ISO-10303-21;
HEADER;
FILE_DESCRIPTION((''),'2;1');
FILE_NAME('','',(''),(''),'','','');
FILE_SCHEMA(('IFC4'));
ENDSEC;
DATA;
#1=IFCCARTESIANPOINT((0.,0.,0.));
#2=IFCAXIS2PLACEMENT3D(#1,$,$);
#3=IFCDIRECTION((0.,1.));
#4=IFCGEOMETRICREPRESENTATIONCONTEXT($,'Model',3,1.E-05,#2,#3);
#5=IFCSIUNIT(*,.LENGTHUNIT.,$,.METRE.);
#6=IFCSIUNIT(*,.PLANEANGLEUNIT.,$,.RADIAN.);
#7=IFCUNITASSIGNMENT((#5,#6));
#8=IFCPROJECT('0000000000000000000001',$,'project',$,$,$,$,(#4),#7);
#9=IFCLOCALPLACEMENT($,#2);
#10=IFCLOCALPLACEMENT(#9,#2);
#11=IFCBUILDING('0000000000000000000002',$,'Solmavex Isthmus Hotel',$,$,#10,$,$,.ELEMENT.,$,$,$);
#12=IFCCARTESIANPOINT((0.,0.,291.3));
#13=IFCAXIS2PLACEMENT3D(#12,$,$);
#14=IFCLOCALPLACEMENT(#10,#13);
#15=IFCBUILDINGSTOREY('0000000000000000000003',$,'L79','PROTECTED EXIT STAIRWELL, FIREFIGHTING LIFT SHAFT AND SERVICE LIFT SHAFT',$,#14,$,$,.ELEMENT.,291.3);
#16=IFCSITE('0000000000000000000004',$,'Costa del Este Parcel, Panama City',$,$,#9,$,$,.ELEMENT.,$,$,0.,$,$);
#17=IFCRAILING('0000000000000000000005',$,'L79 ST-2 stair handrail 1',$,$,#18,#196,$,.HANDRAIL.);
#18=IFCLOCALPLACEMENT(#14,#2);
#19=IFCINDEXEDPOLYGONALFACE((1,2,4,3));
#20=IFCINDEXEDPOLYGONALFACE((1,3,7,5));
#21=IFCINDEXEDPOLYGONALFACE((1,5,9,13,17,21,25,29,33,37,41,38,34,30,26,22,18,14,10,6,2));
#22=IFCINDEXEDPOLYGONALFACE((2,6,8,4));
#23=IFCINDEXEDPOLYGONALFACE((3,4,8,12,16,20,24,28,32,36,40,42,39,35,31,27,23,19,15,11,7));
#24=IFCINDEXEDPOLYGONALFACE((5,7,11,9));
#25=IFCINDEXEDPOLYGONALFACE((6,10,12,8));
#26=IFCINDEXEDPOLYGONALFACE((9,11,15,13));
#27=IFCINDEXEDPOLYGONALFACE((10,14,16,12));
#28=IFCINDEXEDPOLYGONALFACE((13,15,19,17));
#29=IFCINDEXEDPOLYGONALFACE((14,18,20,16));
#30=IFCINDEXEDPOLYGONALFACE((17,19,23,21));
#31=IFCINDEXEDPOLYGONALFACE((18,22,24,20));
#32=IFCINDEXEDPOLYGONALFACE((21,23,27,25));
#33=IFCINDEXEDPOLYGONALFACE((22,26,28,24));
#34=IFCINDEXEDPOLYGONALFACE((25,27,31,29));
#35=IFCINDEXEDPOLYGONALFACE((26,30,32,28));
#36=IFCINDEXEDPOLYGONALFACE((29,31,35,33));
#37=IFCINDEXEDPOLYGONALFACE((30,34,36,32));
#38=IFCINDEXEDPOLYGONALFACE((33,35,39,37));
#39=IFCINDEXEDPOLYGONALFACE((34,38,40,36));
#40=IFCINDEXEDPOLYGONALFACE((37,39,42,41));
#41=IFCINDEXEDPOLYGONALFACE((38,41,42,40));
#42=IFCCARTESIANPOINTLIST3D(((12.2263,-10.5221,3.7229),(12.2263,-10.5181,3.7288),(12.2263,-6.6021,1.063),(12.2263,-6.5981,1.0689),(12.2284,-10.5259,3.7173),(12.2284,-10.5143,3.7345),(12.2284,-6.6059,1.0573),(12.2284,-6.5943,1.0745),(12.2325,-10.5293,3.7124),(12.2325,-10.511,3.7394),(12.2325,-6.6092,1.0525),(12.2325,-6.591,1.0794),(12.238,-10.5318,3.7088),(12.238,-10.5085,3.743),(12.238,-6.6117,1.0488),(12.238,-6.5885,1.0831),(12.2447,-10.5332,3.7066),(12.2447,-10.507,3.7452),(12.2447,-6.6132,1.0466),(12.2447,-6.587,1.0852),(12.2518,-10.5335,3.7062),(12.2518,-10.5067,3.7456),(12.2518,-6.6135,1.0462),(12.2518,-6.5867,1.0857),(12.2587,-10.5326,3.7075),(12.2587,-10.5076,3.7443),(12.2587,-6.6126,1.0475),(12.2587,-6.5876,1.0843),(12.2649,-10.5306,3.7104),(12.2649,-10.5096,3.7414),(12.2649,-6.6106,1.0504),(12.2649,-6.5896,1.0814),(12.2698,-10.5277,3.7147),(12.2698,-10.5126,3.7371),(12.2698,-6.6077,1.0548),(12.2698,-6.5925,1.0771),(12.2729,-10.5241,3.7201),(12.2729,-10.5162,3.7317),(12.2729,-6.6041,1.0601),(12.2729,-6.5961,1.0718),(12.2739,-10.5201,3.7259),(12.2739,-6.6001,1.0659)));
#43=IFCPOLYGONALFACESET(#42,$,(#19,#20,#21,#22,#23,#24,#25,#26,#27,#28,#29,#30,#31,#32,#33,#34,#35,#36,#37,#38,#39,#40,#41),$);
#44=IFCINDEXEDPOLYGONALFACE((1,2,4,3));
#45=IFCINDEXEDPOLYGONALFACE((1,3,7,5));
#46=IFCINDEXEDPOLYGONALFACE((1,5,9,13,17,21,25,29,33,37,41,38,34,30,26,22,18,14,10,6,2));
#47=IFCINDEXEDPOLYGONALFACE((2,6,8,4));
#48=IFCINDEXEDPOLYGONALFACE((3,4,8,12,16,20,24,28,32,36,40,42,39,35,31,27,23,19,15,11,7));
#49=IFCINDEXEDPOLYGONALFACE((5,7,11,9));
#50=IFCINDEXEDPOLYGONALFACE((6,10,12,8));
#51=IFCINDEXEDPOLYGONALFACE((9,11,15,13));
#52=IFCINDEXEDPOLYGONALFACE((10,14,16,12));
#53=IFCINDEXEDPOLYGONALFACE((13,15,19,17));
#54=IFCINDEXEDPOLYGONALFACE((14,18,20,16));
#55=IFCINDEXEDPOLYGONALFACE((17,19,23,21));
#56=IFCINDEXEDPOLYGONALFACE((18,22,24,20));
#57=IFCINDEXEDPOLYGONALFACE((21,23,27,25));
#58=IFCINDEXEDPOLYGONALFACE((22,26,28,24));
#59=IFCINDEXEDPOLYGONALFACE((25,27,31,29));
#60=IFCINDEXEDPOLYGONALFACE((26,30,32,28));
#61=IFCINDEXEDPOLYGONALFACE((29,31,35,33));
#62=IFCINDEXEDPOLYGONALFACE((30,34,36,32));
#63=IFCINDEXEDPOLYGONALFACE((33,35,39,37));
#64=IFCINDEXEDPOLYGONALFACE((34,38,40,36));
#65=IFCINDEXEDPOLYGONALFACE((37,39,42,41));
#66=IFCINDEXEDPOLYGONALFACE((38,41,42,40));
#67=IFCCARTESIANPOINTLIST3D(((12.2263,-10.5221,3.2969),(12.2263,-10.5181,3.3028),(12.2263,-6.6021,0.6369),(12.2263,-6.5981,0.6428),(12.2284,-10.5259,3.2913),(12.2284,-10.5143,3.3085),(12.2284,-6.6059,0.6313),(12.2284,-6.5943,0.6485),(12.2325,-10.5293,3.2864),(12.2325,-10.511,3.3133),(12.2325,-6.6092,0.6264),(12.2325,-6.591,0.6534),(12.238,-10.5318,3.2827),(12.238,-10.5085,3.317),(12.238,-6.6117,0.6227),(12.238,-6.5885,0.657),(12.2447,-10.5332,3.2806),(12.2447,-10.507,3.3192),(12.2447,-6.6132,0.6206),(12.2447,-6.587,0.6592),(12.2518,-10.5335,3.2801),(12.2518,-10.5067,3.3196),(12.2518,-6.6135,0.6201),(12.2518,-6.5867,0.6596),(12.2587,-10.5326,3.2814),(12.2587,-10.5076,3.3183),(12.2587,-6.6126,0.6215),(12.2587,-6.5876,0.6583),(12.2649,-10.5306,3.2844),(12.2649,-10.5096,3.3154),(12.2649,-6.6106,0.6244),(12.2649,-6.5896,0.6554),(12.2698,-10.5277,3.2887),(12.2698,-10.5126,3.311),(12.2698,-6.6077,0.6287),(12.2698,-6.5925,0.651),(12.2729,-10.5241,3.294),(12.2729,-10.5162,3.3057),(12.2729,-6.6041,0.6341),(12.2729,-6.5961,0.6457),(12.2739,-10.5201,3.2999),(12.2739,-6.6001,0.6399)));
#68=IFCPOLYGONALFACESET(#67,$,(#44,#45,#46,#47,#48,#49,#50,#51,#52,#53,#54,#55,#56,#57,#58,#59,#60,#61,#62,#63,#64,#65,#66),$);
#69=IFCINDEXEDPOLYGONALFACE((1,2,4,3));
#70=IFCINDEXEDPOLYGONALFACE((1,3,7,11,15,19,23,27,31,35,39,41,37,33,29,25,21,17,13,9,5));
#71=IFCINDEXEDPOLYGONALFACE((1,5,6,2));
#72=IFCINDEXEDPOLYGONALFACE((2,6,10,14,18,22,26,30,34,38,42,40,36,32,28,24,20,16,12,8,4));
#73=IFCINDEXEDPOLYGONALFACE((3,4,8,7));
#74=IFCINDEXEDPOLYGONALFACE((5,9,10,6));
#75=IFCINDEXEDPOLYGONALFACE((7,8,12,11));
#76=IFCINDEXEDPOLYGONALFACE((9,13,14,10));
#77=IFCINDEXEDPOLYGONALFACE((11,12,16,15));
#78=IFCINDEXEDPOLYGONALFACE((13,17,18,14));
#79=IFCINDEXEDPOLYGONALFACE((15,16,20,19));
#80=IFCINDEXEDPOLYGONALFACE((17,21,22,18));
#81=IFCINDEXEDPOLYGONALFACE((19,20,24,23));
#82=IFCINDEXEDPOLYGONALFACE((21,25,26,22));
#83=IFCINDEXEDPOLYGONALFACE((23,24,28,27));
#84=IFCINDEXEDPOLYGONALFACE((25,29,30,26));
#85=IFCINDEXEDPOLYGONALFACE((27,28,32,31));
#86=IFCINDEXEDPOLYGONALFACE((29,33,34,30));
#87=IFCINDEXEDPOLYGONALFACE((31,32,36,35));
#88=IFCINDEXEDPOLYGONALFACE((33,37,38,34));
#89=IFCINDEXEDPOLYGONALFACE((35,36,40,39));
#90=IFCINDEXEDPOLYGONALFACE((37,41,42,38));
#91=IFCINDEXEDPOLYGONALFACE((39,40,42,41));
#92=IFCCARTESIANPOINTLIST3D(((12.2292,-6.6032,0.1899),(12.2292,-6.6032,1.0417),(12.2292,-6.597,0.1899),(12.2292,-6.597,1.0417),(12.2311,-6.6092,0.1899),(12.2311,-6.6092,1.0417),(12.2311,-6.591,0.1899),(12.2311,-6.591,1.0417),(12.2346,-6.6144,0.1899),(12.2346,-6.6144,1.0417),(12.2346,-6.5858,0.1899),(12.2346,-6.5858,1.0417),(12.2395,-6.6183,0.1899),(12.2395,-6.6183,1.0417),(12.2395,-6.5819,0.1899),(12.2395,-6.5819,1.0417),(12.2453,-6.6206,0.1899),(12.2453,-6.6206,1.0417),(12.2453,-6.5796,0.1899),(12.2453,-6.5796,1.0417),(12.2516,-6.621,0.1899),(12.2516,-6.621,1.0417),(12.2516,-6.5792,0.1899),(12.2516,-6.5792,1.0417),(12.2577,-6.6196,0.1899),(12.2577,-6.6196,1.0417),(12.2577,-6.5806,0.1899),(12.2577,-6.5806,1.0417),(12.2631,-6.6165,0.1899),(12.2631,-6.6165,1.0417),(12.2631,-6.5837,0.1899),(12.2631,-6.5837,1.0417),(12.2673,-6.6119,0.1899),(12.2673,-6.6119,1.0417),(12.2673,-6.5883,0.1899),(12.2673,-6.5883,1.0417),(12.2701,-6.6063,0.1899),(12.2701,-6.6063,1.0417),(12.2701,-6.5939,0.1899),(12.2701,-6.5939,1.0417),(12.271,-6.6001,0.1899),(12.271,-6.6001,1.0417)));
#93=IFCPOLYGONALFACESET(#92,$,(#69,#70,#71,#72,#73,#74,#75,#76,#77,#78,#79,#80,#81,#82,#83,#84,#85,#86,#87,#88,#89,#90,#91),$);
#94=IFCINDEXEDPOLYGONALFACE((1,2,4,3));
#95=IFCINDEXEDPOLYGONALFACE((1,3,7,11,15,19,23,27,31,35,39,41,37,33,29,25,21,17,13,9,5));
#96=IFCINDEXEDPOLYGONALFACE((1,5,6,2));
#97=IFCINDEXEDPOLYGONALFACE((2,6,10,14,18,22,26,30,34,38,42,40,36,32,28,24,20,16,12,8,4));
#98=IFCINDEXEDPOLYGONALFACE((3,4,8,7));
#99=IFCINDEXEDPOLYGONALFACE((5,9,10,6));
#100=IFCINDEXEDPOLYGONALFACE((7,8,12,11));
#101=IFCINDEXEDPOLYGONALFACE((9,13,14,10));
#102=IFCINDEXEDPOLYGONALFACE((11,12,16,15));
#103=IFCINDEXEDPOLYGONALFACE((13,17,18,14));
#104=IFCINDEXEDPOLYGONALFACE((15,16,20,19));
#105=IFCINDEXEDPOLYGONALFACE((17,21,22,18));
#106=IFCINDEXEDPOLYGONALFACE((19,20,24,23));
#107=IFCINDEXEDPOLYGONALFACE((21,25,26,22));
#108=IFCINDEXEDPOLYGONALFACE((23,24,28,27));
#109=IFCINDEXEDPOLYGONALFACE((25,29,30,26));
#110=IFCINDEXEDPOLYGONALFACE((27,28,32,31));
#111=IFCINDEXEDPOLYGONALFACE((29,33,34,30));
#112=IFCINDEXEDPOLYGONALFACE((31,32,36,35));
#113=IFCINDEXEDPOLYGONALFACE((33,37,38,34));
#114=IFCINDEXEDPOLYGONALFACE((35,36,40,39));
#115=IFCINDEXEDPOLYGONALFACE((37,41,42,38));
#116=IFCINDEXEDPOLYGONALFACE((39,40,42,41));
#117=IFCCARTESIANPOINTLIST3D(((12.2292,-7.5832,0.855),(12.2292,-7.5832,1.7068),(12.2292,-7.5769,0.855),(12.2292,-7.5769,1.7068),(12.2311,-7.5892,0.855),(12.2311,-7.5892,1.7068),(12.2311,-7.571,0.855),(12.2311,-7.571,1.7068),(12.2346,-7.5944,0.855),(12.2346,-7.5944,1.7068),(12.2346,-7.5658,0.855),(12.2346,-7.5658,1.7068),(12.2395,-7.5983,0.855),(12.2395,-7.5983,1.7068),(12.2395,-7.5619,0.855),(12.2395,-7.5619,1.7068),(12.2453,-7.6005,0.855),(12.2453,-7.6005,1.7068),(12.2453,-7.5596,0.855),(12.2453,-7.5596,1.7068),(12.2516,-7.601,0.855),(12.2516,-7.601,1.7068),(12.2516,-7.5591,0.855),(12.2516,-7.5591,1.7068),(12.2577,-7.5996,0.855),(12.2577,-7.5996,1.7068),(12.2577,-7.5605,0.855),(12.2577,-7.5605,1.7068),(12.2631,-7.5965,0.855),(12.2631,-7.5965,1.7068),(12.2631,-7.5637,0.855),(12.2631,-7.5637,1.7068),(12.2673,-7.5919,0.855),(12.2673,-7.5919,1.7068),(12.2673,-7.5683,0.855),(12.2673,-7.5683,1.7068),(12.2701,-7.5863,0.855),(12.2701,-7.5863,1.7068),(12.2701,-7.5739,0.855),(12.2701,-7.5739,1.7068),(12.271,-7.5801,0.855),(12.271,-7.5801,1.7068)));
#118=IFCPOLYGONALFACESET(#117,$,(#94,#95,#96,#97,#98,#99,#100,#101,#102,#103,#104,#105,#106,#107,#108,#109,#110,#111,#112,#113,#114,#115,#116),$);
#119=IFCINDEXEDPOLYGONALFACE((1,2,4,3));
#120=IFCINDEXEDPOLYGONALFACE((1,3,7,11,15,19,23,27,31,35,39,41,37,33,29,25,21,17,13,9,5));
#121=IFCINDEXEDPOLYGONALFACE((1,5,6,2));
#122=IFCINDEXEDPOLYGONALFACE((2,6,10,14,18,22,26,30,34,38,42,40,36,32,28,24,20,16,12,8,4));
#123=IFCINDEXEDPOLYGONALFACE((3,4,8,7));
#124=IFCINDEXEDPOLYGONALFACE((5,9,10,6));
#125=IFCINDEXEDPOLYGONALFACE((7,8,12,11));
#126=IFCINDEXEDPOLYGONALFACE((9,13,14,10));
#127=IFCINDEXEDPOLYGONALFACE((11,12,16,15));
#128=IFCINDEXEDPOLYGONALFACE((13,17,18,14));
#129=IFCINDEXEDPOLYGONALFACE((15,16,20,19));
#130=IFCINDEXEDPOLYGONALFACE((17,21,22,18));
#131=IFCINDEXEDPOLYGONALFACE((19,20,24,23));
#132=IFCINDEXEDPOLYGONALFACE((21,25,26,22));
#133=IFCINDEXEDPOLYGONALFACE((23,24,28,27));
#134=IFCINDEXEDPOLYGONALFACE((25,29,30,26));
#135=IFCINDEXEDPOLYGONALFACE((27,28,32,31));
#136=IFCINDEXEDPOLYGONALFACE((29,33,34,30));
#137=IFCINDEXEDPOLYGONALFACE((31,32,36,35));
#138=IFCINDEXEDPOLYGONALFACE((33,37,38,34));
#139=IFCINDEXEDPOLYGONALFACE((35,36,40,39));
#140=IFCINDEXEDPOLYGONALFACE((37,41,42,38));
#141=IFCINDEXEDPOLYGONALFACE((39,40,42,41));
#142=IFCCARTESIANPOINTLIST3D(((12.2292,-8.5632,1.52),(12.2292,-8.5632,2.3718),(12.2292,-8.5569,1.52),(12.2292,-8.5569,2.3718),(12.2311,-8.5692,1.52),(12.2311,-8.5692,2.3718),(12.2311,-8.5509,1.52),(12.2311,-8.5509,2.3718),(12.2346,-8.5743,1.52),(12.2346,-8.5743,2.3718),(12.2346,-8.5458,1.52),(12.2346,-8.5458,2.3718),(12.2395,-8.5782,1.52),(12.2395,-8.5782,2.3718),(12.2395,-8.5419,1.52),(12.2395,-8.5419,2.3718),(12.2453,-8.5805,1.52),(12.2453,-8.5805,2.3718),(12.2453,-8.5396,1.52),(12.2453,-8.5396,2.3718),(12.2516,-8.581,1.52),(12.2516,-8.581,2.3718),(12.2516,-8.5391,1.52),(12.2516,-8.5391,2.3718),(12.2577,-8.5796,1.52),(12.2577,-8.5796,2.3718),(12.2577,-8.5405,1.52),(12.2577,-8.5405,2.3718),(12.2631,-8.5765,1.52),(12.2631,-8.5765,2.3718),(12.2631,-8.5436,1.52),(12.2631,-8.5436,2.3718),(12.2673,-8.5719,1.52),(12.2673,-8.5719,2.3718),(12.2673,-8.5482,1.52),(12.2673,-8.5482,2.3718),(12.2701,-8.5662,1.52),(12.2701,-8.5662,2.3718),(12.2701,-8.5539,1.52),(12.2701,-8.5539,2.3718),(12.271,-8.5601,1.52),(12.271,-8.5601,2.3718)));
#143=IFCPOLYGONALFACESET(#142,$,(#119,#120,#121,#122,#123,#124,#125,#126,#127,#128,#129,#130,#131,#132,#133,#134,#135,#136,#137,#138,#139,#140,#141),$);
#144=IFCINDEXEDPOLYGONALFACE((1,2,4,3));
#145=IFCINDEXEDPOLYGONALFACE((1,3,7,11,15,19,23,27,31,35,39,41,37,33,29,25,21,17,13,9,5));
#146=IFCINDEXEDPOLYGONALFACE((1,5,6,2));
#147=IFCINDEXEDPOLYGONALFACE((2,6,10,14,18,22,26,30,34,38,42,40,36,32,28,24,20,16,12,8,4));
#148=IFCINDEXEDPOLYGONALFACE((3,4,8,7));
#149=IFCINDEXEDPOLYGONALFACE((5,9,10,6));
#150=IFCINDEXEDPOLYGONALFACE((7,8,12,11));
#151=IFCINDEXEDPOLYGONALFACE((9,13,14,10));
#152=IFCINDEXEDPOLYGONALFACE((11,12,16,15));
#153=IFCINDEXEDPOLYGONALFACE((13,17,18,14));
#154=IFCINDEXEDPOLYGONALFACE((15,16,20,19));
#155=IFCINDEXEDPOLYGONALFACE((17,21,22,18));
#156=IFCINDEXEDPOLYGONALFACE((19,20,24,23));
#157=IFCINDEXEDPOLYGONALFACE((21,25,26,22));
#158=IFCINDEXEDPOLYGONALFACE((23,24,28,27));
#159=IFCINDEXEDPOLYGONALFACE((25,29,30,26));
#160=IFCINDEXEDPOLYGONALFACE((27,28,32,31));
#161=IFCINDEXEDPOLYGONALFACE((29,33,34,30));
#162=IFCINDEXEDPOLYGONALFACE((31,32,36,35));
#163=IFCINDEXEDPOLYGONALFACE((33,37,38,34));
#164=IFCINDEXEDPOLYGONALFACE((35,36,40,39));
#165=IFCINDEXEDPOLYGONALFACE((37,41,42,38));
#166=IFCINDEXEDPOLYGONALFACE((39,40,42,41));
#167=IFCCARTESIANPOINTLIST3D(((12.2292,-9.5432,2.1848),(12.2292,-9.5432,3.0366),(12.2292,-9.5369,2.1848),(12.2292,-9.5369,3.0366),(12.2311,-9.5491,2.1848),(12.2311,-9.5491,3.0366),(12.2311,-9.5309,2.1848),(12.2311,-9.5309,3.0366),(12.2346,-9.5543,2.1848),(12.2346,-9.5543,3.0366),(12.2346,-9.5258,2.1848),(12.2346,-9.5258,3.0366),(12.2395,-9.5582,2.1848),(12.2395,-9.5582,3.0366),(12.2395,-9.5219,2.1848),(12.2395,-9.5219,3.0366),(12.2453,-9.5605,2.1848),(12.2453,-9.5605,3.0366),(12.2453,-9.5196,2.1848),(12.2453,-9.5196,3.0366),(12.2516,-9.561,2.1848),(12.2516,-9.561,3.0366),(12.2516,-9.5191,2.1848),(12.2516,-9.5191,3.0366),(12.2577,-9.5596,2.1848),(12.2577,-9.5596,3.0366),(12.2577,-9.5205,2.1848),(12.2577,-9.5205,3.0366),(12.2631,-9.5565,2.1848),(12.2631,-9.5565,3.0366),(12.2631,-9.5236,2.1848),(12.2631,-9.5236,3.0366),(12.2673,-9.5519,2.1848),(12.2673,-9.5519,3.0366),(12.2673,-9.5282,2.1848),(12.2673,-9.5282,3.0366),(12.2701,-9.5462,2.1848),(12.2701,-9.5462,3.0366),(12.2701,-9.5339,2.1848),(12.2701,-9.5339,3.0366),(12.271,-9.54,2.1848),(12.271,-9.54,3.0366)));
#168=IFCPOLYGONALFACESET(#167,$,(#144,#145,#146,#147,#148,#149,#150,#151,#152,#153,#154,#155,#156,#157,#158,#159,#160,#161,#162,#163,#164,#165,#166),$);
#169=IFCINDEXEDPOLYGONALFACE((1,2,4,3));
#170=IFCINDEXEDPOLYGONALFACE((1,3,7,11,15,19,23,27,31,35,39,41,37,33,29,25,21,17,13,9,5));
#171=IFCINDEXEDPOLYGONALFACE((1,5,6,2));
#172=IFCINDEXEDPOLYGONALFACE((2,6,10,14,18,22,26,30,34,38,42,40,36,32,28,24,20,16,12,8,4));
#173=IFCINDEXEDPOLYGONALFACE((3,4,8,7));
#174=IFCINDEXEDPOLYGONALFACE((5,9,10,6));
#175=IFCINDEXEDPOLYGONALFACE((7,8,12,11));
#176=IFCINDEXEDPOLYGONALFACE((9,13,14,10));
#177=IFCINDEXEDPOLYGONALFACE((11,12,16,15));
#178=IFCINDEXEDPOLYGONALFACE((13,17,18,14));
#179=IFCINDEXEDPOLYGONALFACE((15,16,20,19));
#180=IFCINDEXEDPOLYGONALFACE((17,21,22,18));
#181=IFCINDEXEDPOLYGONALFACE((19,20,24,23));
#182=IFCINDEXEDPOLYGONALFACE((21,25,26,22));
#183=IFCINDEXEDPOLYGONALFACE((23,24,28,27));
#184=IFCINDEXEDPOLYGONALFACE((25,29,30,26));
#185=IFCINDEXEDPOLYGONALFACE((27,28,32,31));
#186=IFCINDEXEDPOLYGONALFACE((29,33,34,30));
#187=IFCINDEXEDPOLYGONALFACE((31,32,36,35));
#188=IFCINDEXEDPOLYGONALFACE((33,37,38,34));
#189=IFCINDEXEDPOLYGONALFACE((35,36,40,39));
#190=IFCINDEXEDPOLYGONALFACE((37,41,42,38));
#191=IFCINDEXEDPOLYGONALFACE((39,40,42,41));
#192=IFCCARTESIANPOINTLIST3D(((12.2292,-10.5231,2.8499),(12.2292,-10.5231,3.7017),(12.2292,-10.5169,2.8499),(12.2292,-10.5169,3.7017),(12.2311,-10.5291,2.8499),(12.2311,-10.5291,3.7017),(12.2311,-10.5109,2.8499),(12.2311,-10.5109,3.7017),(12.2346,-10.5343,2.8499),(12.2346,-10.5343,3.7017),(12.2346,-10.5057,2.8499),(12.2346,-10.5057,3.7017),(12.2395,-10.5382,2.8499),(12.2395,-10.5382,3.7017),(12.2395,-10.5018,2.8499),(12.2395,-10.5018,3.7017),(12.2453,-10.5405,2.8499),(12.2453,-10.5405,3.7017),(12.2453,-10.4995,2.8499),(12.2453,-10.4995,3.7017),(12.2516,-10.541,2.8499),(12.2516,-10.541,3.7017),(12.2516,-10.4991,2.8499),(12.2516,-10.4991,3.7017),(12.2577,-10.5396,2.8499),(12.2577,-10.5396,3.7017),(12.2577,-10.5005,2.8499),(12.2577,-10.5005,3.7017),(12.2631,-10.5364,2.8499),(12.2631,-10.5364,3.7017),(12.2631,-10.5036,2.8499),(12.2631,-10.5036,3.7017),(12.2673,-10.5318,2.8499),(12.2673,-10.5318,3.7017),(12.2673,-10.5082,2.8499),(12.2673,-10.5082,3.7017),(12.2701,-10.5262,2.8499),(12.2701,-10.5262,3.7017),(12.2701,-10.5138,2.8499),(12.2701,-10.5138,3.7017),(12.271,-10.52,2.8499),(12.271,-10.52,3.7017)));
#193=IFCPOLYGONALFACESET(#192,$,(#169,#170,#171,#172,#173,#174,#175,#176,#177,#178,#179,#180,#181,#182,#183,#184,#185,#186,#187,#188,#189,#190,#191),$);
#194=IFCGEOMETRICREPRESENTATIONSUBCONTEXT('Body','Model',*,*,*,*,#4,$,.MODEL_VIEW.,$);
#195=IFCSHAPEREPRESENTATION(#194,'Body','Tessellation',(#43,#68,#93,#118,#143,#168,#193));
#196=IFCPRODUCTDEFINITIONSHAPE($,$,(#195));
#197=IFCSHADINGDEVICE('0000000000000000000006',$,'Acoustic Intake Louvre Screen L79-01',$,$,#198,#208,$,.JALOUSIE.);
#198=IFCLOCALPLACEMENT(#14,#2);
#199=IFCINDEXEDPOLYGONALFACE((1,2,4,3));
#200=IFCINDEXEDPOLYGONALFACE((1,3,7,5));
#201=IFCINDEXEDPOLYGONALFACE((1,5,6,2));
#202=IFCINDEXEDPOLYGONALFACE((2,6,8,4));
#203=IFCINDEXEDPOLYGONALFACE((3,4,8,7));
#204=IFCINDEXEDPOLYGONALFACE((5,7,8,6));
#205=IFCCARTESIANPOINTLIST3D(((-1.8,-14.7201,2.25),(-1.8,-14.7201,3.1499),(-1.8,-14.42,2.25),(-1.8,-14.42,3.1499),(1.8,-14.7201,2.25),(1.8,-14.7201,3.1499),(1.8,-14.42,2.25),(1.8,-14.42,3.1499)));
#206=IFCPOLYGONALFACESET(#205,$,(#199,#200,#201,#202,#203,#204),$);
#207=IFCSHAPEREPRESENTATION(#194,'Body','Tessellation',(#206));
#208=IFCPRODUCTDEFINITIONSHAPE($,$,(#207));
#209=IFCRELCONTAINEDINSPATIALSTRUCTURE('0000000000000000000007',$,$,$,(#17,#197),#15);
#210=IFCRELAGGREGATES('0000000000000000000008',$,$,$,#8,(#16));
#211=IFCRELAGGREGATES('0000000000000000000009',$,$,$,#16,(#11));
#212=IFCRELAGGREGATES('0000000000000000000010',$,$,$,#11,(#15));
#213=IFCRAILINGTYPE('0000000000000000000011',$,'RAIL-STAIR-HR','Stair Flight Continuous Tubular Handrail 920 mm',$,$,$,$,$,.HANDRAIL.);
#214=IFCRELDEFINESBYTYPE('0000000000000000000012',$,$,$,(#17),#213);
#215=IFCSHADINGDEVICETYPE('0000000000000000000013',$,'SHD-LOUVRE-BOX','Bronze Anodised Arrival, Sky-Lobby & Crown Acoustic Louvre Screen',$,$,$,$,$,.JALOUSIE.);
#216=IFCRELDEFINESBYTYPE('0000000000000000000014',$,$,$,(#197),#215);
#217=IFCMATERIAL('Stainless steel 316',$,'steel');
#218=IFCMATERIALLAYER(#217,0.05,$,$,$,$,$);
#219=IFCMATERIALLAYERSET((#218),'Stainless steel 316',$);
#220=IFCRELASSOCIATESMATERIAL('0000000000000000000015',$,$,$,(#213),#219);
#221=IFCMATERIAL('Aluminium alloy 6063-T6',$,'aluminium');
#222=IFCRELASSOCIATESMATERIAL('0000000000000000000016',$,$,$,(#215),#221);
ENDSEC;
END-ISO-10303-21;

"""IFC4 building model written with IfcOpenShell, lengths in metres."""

from ifc_helpers import new_model, si_unit, direction, frame, origin, origin_2d, place, context, subcontext, project, spatial, rectangle, circle, extrude, material, layer, layer_set, type_object, element, save


model = new_model("IFC4")

# Units and contexts
model_context = context("Model", 3, precision=1e-05, world=origin(), true_north=direction((0.0, 1.0)))
body_context = subcontext(model_context, "Body", "Model", "MODEL_VIEW")
ifc_project = project(units=[si_unit("LENGTHUNIT", "METRE"), si_unit("PLANEANGLEUNIT", "RADIAN")], contexts=[model_context])

# Site, building, storey
site_placement = place(None, origin())
site = spatial("IfcSite", under=ifc_project, at=site_placement, Name="Costa del Este Parcel, Panama City", CompositionType="ELEMENT", RefElevation=0.0)
building_placement = place(site_placement, origin())
building = spatial("IfcBuilding", under=site, at=building_placement, Name="Solmavex Isthmus Hotel", CompositionType="ELEMENT")
storey_placement = place(building_placement, frame((0.0, 0.0, 291.3)))
storey = spatial("IfcBuildingStorey", under=building, at=storey_placement, Name="L79", Description="PROTECTED EXIT STAIRWELL, FIREFIGHTING LIFT SHAFT AND SERVICE LIFT SHAFT", CompositionType="ELEMENT", Elevation=291.3)

# Shared definitions
ifc_material_1 = material(Name="Stainless steel 316", Category="steel")

# Railing
ifc_layer_1 = layer(ifc_material_1, 0.05)
ifc_layer_set_1 = layer_set([ifc_layer_1], Name="Stainless steel 316")
railing_type = type_object("IfcRailingType", Name="RAIL-STAIR-HR", Description="Stair Flight Continuous Tubular Handrail 920 mm", PredefinedType="HANDRAIL", material=ifc_layer_set_1)
railing_placement = place(storey_placement, frame((12.25, -6.6001, 0.1899)))
element("IfcRailing", 1, at=railing_placement, inside=storey, type_object=railing_type, Name="L79 ST-2 stair handrail 1", PredefinedType="HANDRAIL", context=body_context, shape_type="SweptSolid", body=[
    extrude(circle(Radius=0.0239, at=origin_2d()), frame((0.0, 0.0, 0.876), z_axis=(0.0, -0.827479, 0.561496), x_axis=(1.0, 0.0, 0.0)), (0.0, 0.0, 1.0), 4.7373),
    extrude(circle(Radius=0.0239, at=origin_2d()), frame((0.0, 0.0, 0.45), z_axis=(0.0, -0.827479, 0.561496), x_axis=(1.0, 0.0, 0.0)), (0.0, 0.0, 1.0), 4.7373),
    extrude(circle(Radius=0.021, at=origin_2d()), origin(), (0.0, 0.0, 1.0), 0.8518),
    extrude(circle(Radius=0.021, at=origin_2d()), frame((0.0, -0.98, 0.665)), (0.0, 0.0, 1.0), 0.8518),
    extrude(circle(Radius=0.021, at=origin_2d()), frame((0.0, -1.96, 1.3301)), (0.0, 0.0, 1.0), 0.8518),
    extrude(circle(Radius=0.021, at=origin_2d()), frame((0.0, -2.9399, 1.9949)), (0.0, 0.0, 1.0), 0.8518),
    extrude(circle(Radius=0.021, at=origin_2d()), frame((0.0, -3.9199, 2.6599)), (0.0, 0.0, 1.0), 0.8518),
])

# Shading device
ifc_material_2 = material(Name="Aluminium alloy 6063-T6", Category="aluminium")
shading_device_type = type_object("IfcShadingDeviceType", Name="SHD-LOUVRE-BOX", Description="Bronze Anodised Arrival, Sky-Lobby & Crown Acoustic Louvre Screen", PredefinedType="JALOUSIE", material=ifc_material_2)
shading_device_placement = place(storey_placement, frame((0.0, -14.5701, 2.25), z_axis=(0.0, 0.0, 1.0), x_axis=(-1.0, 0.0, 0.0)))
element("IfcShadingDevice", 2, at=shading_device_placement, inside=storey, type_object=shading_device_type, Name="Acoustic Intake Louvre Screen L79-01", PredefinedType="JALOUSIE", context=body_context, shape_type="SweptSolid", body=[
    extrude(rectangle(XDim=3.6001, YDim=0.3, at=origin_2d()), origin(), (0.0, 0.0, 1.0), 0.8999),
])

save(model, "model.ifc")
